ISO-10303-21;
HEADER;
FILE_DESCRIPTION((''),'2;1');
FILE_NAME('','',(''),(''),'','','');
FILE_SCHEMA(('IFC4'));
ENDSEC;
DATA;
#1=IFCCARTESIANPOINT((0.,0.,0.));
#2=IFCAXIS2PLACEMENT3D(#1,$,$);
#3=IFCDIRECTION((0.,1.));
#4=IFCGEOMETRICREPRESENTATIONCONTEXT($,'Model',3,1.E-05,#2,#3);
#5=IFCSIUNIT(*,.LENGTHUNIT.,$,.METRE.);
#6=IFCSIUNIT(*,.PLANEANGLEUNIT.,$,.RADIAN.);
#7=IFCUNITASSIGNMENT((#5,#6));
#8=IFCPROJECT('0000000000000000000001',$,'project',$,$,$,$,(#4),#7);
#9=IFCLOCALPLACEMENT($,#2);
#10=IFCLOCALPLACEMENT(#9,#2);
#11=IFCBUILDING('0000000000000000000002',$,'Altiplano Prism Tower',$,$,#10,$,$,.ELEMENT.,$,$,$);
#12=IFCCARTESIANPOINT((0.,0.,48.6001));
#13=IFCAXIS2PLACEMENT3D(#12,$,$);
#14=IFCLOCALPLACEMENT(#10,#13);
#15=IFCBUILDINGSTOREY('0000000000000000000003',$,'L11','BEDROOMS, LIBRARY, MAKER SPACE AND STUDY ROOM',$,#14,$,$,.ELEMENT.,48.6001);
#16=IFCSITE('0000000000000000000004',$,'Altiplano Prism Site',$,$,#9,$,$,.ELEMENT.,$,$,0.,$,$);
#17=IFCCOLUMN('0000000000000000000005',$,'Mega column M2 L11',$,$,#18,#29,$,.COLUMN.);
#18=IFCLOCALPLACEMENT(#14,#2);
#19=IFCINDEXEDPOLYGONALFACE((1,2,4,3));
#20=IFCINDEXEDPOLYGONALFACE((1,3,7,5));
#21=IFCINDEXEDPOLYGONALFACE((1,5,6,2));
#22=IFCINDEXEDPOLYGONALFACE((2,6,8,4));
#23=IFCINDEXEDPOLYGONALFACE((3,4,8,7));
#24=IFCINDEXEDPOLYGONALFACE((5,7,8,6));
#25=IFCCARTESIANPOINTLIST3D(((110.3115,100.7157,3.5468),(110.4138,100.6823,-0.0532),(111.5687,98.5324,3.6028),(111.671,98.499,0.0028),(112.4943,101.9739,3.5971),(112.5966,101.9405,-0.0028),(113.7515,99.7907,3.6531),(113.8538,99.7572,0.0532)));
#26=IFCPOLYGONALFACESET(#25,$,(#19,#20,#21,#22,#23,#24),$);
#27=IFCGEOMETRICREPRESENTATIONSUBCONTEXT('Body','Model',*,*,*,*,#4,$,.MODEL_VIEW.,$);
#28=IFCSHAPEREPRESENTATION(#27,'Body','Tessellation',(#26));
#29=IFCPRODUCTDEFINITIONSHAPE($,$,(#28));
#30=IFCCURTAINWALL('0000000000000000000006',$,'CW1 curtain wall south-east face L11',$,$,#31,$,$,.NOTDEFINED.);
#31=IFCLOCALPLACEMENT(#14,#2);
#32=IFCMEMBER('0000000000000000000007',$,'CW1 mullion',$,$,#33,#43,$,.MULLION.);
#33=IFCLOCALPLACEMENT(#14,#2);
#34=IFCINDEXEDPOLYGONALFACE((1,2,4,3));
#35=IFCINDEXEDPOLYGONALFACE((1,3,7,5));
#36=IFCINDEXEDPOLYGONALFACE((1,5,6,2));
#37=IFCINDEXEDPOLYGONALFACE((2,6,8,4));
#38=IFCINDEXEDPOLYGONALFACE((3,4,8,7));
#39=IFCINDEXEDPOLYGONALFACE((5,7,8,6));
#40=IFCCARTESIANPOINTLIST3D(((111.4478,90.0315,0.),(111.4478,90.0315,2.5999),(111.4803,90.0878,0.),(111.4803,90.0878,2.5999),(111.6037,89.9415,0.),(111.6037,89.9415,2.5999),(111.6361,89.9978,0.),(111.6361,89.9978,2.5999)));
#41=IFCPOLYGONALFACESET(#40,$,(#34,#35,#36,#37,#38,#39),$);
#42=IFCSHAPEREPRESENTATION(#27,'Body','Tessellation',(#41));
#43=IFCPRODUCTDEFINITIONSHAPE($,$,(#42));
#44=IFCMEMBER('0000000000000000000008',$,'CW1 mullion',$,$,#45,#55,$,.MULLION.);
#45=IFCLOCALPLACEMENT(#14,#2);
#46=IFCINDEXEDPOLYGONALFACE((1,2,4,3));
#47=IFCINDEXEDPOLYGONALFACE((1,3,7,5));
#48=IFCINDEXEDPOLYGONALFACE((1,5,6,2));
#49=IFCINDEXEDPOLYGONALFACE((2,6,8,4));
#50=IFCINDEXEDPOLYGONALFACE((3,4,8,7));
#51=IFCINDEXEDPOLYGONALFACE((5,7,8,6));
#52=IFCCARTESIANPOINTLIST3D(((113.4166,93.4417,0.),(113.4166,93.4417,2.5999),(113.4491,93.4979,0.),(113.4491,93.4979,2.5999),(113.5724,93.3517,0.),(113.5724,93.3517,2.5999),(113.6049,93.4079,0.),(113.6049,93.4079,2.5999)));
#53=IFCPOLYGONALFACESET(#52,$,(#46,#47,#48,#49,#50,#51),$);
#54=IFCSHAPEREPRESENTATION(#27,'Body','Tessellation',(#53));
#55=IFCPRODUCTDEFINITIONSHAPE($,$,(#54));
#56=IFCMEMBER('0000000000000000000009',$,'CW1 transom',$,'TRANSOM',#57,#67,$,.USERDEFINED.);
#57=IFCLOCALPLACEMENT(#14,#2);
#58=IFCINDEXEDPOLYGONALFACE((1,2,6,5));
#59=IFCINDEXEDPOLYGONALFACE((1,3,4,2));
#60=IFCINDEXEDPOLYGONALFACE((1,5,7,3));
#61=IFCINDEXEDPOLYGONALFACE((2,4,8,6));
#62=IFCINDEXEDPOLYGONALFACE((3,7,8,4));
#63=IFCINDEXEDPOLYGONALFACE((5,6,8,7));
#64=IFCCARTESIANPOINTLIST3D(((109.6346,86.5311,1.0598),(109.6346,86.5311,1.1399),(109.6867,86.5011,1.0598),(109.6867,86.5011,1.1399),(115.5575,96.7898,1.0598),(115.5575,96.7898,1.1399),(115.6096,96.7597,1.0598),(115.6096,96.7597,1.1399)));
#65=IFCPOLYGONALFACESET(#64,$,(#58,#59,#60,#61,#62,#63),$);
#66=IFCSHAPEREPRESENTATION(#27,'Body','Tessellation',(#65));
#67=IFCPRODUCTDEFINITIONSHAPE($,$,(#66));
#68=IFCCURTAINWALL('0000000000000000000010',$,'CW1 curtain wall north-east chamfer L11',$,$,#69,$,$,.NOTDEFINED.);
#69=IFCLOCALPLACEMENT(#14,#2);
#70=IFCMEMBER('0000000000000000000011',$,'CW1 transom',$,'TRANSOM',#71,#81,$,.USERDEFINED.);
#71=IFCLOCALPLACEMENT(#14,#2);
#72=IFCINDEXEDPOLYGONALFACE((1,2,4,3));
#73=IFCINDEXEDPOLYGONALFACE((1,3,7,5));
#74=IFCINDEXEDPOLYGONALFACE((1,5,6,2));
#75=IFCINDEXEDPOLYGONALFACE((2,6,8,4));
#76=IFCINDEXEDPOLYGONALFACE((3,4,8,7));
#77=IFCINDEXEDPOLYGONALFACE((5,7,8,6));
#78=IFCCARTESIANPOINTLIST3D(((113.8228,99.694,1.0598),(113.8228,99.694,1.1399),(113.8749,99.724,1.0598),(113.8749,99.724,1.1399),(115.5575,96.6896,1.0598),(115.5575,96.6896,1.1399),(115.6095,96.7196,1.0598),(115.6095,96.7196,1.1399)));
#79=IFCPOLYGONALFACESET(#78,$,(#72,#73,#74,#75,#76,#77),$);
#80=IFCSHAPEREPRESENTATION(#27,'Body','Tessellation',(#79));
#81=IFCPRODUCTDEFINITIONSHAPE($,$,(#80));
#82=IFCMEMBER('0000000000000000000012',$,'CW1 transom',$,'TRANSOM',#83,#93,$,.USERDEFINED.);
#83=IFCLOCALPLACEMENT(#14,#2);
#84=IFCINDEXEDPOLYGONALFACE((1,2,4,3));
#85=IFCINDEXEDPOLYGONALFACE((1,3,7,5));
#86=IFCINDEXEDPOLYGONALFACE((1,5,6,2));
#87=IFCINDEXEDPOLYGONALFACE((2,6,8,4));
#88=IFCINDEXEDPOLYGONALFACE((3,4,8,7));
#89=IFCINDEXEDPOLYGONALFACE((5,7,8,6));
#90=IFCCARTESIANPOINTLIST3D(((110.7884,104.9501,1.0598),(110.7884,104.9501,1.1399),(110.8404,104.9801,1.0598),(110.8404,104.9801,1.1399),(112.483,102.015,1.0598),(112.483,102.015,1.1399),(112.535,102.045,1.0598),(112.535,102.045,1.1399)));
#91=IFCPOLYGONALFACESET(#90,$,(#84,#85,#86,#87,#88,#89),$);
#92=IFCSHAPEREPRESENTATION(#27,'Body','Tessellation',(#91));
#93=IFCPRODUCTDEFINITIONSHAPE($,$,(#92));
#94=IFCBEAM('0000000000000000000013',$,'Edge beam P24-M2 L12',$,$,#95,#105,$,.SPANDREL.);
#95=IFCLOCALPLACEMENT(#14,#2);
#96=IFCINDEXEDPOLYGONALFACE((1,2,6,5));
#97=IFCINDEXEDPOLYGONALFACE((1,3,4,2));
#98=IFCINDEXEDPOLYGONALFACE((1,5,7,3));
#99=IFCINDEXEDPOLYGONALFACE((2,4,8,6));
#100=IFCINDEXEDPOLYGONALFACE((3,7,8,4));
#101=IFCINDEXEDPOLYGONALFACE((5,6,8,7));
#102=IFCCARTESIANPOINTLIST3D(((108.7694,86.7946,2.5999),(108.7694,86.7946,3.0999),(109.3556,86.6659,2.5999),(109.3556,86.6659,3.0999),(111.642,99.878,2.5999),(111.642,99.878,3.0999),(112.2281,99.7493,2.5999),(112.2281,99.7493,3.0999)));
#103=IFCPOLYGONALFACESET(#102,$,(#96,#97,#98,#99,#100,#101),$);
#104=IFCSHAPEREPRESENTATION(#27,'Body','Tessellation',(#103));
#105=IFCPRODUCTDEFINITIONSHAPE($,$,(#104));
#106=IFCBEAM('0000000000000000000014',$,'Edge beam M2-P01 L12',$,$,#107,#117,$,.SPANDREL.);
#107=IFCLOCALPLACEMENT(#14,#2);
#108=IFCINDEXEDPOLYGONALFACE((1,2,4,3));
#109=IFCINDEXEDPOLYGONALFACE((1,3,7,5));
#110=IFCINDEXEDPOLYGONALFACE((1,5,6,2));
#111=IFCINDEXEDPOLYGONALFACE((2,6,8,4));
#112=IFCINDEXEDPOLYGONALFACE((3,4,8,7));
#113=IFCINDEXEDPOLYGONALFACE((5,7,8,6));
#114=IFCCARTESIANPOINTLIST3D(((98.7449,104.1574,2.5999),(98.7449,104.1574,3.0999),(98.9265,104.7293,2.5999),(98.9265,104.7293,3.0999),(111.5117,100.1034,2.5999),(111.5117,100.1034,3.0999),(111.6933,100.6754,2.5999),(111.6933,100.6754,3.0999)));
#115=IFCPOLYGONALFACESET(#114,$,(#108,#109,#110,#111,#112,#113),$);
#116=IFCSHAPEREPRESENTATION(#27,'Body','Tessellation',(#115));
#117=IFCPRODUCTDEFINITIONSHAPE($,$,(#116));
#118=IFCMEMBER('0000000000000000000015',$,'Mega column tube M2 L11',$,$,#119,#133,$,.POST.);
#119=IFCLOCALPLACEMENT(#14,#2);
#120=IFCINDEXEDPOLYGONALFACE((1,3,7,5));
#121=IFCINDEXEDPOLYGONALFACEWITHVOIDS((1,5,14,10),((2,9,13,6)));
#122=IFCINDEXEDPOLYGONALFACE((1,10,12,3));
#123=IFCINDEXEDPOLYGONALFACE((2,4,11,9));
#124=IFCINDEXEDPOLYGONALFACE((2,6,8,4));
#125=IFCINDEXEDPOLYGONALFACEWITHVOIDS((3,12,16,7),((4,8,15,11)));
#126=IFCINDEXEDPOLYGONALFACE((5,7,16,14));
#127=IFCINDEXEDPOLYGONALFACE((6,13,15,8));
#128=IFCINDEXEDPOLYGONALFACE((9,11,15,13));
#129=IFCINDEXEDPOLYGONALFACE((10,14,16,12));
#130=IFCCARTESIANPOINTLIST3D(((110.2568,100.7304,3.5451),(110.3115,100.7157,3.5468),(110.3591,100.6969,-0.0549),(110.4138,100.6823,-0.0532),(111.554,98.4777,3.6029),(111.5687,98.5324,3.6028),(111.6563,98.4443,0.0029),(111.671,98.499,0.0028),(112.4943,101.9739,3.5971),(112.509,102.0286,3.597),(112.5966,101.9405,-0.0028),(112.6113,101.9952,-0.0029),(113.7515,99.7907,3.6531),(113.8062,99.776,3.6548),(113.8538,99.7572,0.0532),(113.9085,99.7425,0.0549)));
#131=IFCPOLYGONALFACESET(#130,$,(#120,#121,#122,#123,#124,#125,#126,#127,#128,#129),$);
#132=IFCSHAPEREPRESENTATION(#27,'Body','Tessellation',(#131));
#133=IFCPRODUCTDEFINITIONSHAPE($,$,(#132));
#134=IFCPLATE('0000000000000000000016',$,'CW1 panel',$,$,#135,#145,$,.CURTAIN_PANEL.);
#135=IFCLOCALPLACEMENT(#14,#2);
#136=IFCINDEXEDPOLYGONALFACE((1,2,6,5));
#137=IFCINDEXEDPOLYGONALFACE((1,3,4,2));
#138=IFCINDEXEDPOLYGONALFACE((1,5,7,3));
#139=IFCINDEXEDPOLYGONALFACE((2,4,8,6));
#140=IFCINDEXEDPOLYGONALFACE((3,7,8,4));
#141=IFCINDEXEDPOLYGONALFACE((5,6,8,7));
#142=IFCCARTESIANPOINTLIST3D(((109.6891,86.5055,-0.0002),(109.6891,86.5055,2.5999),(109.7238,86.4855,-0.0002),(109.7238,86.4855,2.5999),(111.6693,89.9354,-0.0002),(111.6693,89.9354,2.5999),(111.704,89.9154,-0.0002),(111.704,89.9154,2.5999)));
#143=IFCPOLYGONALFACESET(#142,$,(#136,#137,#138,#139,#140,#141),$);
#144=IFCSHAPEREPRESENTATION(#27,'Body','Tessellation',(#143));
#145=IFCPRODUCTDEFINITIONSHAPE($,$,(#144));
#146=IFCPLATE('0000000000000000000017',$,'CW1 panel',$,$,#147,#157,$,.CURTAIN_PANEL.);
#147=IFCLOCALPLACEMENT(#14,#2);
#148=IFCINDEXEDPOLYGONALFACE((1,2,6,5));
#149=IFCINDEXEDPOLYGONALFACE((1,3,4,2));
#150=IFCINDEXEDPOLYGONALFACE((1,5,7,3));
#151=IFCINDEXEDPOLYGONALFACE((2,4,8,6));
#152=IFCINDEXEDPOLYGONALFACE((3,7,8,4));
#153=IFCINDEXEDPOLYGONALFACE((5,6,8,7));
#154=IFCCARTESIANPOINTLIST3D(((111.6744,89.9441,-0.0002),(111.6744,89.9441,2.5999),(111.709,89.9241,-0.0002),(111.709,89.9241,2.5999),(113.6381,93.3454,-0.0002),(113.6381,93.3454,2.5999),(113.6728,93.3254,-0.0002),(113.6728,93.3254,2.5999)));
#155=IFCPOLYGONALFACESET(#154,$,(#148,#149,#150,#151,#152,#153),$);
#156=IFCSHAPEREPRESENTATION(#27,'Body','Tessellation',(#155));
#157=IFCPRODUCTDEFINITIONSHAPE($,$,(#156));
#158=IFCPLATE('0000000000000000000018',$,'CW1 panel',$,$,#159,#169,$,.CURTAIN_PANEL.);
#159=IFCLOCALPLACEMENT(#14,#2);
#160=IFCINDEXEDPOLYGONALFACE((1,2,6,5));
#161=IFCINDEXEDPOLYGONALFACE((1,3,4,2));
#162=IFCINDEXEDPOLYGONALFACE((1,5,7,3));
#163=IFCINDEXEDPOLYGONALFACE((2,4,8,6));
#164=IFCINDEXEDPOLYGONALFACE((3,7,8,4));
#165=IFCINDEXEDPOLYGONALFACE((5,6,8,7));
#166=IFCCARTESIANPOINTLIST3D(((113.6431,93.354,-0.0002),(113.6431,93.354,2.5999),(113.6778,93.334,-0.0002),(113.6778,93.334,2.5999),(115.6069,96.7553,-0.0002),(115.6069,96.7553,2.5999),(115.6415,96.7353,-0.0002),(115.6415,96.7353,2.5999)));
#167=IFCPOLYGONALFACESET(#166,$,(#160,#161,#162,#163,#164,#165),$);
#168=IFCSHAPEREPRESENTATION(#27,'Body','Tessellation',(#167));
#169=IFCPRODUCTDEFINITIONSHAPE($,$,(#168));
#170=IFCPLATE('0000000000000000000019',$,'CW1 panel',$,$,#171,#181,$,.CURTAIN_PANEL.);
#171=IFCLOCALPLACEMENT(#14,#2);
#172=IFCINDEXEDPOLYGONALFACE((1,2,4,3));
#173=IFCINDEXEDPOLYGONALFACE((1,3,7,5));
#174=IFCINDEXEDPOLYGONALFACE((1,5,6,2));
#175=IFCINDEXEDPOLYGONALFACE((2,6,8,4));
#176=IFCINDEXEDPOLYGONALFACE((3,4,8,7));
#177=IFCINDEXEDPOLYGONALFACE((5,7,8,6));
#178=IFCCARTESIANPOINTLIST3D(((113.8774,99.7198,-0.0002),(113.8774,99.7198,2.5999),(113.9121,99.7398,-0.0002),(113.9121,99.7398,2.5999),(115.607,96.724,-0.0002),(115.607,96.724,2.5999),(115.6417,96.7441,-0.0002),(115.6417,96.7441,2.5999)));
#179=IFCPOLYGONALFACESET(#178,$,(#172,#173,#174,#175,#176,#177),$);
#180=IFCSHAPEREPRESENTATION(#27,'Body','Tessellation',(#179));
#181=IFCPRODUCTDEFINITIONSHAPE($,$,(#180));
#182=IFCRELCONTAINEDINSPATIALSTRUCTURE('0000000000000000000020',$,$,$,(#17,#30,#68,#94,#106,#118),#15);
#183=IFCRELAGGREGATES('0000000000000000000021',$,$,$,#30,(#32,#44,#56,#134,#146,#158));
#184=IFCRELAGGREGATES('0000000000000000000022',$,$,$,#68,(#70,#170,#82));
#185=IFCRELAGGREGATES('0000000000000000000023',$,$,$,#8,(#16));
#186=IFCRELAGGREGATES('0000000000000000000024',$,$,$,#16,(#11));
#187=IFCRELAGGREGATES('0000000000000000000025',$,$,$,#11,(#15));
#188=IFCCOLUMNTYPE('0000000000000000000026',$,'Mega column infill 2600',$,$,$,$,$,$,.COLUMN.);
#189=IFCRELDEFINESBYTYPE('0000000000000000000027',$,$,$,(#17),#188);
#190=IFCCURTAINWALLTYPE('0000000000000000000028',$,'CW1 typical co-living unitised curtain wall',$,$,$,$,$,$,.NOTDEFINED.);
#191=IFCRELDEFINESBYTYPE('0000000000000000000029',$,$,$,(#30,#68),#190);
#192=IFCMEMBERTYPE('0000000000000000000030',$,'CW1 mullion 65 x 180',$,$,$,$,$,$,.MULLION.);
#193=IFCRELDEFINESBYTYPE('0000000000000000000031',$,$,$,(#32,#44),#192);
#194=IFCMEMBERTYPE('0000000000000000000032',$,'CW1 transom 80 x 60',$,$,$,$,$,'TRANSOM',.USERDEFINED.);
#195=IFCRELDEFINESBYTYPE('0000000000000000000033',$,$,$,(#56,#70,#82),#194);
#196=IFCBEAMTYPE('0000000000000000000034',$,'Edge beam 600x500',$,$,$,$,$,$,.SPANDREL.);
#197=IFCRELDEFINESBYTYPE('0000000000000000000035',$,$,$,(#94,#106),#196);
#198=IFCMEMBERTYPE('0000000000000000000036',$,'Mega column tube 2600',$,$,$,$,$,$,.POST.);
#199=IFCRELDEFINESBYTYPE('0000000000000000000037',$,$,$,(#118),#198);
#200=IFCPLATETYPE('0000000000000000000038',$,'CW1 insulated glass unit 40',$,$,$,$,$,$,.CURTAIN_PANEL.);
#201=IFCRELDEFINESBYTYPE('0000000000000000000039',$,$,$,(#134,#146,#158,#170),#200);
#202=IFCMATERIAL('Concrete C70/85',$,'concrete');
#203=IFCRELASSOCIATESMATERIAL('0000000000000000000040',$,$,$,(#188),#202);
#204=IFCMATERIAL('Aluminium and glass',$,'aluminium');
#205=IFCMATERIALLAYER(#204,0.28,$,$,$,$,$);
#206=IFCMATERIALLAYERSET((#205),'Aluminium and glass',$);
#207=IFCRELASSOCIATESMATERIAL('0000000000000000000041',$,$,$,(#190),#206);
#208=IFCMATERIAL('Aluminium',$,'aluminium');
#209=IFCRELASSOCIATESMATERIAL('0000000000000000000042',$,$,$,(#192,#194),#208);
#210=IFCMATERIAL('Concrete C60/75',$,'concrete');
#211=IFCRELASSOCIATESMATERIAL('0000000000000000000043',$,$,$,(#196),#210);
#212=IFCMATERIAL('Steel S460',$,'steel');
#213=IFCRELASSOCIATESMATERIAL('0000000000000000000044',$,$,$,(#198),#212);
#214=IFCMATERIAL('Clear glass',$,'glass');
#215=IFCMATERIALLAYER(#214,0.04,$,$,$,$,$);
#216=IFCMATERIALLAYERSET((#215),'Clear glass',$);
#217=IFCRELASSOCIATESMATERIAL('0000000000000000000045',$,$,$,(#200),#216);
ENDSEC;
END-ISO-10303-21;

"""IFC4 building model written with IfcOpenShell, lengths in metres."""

from ifc_helpers import new_model, si_unit, direction, frame, origin, origin_2d, place, context, subcontext, project, spatial, rectangle, hollow_rectangle, extrude, material, layer, layer_set, material_profile, profile_set, type_object, element, aggregate, save


model = new_model("IFC4")

# Units and contexts
model_context = context("Model", 3, precision=1e-05, world=origin(), true_north=direction((0.0, 1.0)))
body_context = subcontext(model_context, "Body", "Model", "MODEL_VIEW")
ifc_project = project(units=[si_unit("LENGTHUNIT", "METRE"), si_unit("PLANEANGLEUNIT", "RADIAN")], contexts=[model_context])

# Site, building, storey
site_placement = place(None, origin())
site = spatial("IfcSite", under=ifc_project, at=site_placement, Name="Altiplano Prism Site", CompositionType="ELEMENT", RefElevation=0.0)
building_placement = place(site_placement, origin())
building = spatial("IfcBuilding", under=site, at=building_placement, Name="Altiplano Prism Tower", CompositionType="ELEMENT")
storey_placement = place(building_placement, frame((0.0, 0.0, 48.6001)))
storey = spatial("IfcBuildingStorey", under=building, at=storey_placement, Name="L11", Description="BEDROOMS, LIBRARY, MAKER SPACE AND STUDY ROOM", CompositionType="ELEMENT", Elevation=48.6001)

# Column
ifc_material_1 = material(Name="Concrete C70/85", Category="concrete")
ifc_material_profile_1 = material_profile(ifc_material_1, rectangle(XDim=2.52, YDim=2.52, at=origin_2d()), Name="Mega column infill 2600")
ifc_profile_set_1 = profile_set([ifc_material_profile_1], Name="Concrete C70/85")
column_type = type_object("IfcColumnType", Name="Mega column infill 2600", PredefinedType="COLUMN", material=ifc_profile_set_1)
column_placement = place(storey_placement, frame((112.1338, 100.2197, 0.0), z_axis=(-0.028404, 0.009287, 0.999553), x_axis=(0.498891, -0.866379, 0.022226)))
element("IfcColumn", 1, at=column_placement, inside=storey, type_object=column_type, Name="Mega column M2 L11", PredefinedType="COLUMN", context=body_context, shape_type="SweptSolid", body=[
    extrude(rectangle(XDim=2.52, YDim=2.52, at=origin_2d()), origin(), (0.0, 0.0, 1.0), 3.6016),
])

# Curtain walls, members
ifc_material_2 = material(Name="Aluminium and glass", Category="aluminium")
ifc_layer_1 = layer(ifc_material_2, 0.28)
ifc_layer_set_1 = layer_set([ifc_layer_1], Name="Aluminium and glass")
curtain_wall_type = type_object("IfcCurtainWallType", Name="CW1 typical co-living unitised curtain wall", PredefinedType="NOTDEFINED", material=ifc_layer_set_1)
curtain_wall_1_placement = place(storey_placement, origin())
curtain_wall_1 = element("IfcCurtainWall", 2, at=curtain_wall_1_placement, inside=storey, type_object=curtain_wall_type, Name="CW1 curtain wall south-east face L11", PredefinedType="NOTDEFINED")
ifc_material_3 = material(Name="Aluminium", Category="aluminium")
ifc_material_profile_2 = material_profile(ifc_material_3, rectangle(XDim=0.1799, YDim=0.0649, at=origin_2d()), Name="CW1 mullion 65 x 180")
ifc_profile_set_2 = profile_set([ifc_material_profile_2], Name="Aluminium")
member_type_1 = type_object("IfcMemberType", Name="CW1 mullion 65 x 180", PredefinedType="MULLION", material=ifc_profile_set_2)
member_1_placement = place(storey_placement, frame((111.542, 90.0146, 0.0), z_axis=(0.0, 0.0, 1.0), x_axis=(-0.866025, 0.5, 0.0)))
member_1 = element("IfcMember", 3, at=member_1_placement, type_object=member_type_1, Name="CW1 mullion", PredefinedType="MULLION", context=body_context, shape_type="SweptSolid", body=[
    extrude(rectangle(XDim=0.1799, YDim=0.0649, at=origin_2d()), origin(), (0.0, 0.0, 1.0), 2.5999),
])
member_2_placement = place(storey_placement, frame((113.5107, 93.4248, 0.0), z_axis=(0.0, 0.0, 1.0), x_axis=(-0.866025, 0.5, 0.0)))
member_2 = element("IfcMember", 4, at=member_2_placement, type_object=member_type_1, Name="CW1 mullion", PredefinedType="MULLION", context=body_context, shape_type="SweptSolid", body=[
    extrude(rectangle(XDim=0.1799, YDim=0.0649, at=origin_2d()), origin(), (0.0, 0.0, 1.0), 2.5999),
])
ifc_material_profile_3 = material_profile(ifc_material_3, rectangle(XDim=0.0601, YDim=0.0801, at=origin_2d()), Name="CW1 transom 80 x 60")
ifc_profile_set_3 = profile_set([ifc_material_profile_3], Name="Aluminium")
member_type_2 = type_object("IfcMemberType", Name="CW1 transom 80 x 60", ElementType="TRANSOM", PredefinedType="USERDEFINED", material=ifc_profile_set_3)
member_3_placement = place(storey_placement, frame((109.6606, 86.5161, 1.0999), z_axis=(0.500005, 0.866023, 0.0), x_axis=(-0.866023, 0.500005, 0.0)))
member_3 = element("IfcMember", 5, at=member_3_placement, type_object=member_type_2, Name="CW1 transom", ObjectType="TRANSOM", PredefinedType="USERDEFINED", context=body_context, shape_type="SweptSolid", body=[
    extrude(rectangle(XDim=0.0601, YDim=0.0801, at=origin_2d()), origin(), (0.0, 0.0, 1.0), 11.8457),
])
curtain_wall_2_placement = place(storey_placement, origin())
curtain_wall_2 = element("IfcCurtainWall", 6, at=curtain_wall_2_placement, inside=storey, type_object=curtain_wall_type, Name="CW1 curtain wall north-east chamfer L11", PredefinedType="NOTDEFINED")
member_4_placement = place(storey_placement, frame((115.5835, 96.7046, 1.0999), z_axis=(-0.500007, 0.866022, 0.0), x_axis=(-0.866022, -0.500007, 0.0)))
member_4 = element("IfcMember", 7, at=member_4_placement, type_object=member_type_2, Name="CW1 transom", ObjectType="TRANSOM", PredefinedType="USERDEFINED", context=body_context, shape_type="SweptSolid", body=[
    extrude(rectangle(XDim=0.0601, YDim=0.0801, at=origin_2d()), origin(), (0.0, 0.0, 1.0), 3.4692),
])
member_5_placement = place(storey_placement, frame((112.509, 102.03, 1.0999), z_axis=(-0.500005, 0.866022, 0.0), x_axis=(-0.866022, -0.500005, 0.0)))
member_5 = element("IfcMember", 8, at=member_5_placement, type_object=member_type_2, Name="CW1 transom", ObjectType="TRANSOM", PredefinedType="USERDEFINED", context=body_context, shape_type="SweptSolid", body=[
    extrude(rectangle(XDim=0.0601, YDim=0.0801, at=origin_2d()), origin(), (0.0, 0.0, 1.0), 3.3892),
])

# Beams
ifc_material_4 = material(Name="Concrete C60/75", Category="concrete")
ifc_material_profile_4 = material_profile(ifc_material_4, rectangle(XDim=0.6001, YDim=0.5, at=origin_2d()), Name="Edge beam 600x500")
ifc_profile_set_4 = profile_set([ifc_material_profile_4], Name="Concrete C60/75")
beam_type = type_object("IfcBeamType", Name="Edge beam 600x500", PredefinedType="SPANDREL", material=ifc_profile_set_4)
for number, where, z_axis, x_axis, name in (
    (9, (109.0625, 86.7302, 2.8499), (0.214448, 0.976735, 0.0), (-0.976735, 0.214448, 0.0), "Edge beam P24-M2 L12"),
    (10, (111.6025, 100.3894, 2.8499), (-0.953103, 0.302646, 0.0), (-0.302646, -0.953103, 0.0), "Edge beam M2-P01 L12"),
):
    element("IfcBeam", number, at=place(storey_placement, frame(where, z_axis=z_axis, x_axis=x_axis)), inside=storey, type_object=beam_type, Name=name, PredefinedType="SPANDREL", context=body_context, shape_type="SweptSolid", body=[
        extrude(rectangle(XDim=0.6001, YDim=0.5, at=origin_2d()), origin(), (0.0, 0.0, 1.0), 13.395),
    ])

# Member
ifc_material_5 = material(Name="Steel S460", Category="steel")
ifc_material_profile_5 = material_profile(ifc_material_5, hollow_rectangle(XDim=2.6001, YDim=2.6001, WallThickness=0.04, at=origin_2d()), Name="Mega column tube 2600")
ifc_profile_set_5 = profile_set([ifc_material_profile_5], Name="Steel S460")
member_type_3 = type_object("IfcMemberType", Name="Mega column tube 2600", PredefinedType="POST", material=ifc_profile_set_5)
member_6_placement = place(storey_placement, frame((112.1338, 100.2197, 0.0), z_axis=(-0.028404, 0.009287, 0.999553), x_axis=(0.498891, -0.866379, 0.022226)))
element("IfcMember", 11, at=member_6_placement, inside=storey, type_object=member_type_3, Name="Mega column tube M2 L11", PredefinedType="POST", context=body_context, shape_type="SweptSolid", body=[
    extrude(hollow_rectangle(XDim=2.6001, YDim=2.6001, WallThickness=0.04, at=origin_2d()), origin(), (0.0, 0.0, 1.0), 3.6016),
])

# Plates
ifc_material_6 = material(Name="Clear glass", Category="glass")
ifc_layer_2 = layer(ifc_material_6, 0.04)
ifc_layer_set_2 = layer_set([ifc_layer_2], Name="Clear glass")
plate_type = type_object("IfcPlateType", Name="CW1 insulated glass unit 40", PredefinedType="CURTAIN_PANEL", material=ifc_layer_set_2)
plate_1_placement = place(storey_placement, frame((110.6965, 88.2104, -0.0002), z_axis=(0.0, 0.0, 1.0), x_axis=(0.5, 0.866025, 0.0)))
plate_1 = element("IfcPlate", 12, at=plate_1_placement, type_object=plate_type, Name="CW1 panel", PredefinedType="CURTAIN_PANEL", context=body_context, shape_type="SweptSolid", body=[
    extrude(rectangle(XDim=3.9604, YDim=0.04, at=origin_2d()), origin(), (0.0, 0.0, 1.0), 2.6001),
])
plate_2_placement = place(storey_placement, frame((112.6736, 91.6348, -0.0002), z_axis=(0.0, 0.0, 1.0), x_axis=(0.5, 0.866025, 0.0)))
plate_2 = element("IfcPlate", 13, at=plate_2_placement, type_object=plate_type, Name="CW1 panel", PredefinedType="CURTAIN_PANEL", context=body_context, shape_type="SweptSolid", body=[
    extrude(rectangle(XDim=3.9275, YDim=0.04, at=origin_2d()), origin(), (0.0, 0.0, 1.0), 2.6001),
])
plate_3_placement = place(storey_placement, frame((114.6423, 95.0447, -0.0002), z_axis=(0.0, 0.0, 1.0), x_axis=(0.5, 0.866025, 0.0)))
plate_3 = element("IfcPlate", 14, at=plate_3_placement, type_object=plate_type, Name="CW1 panel", PredefinedType="CURTAIN_PANEL", context=body_context, shape_type="SweptSolid", body=[
    extrude(rectangle(XDim=3.9275, YDim=0.04, at=origin_2d()), origin(), (0.0, 0.0, 1.0), 2.6001),
])
aggregate(curtain_wall_1, [member_1, member_2, member_3, plate_1, plate_2, plate_3])
plate_4_placement = place(storey_placement, frame((114.7595, 98.2319, -0.0002), z_axis=(0.0, 0.0, 1.0), x_axis=(-0.5, 0.866025, 0.0)))
plate_4 = element("IfcPlate", 15, at=plate_4_placement, type_object=plate_type, Name="CW1 panel", PredefinedType="CURTAIN_PANEL", context=body_context, shape_type="SweptSolid", body=[
    extrude(rectangle(XDim=3.4592, YDim=0.04, at=origin_2d()), origin(), (0.0, 0.0, 1.0), 2.6001),
])
aggregate(curtain_wall_2, [member_4, plate_4, member_5])

save(model, "model.ifc")
